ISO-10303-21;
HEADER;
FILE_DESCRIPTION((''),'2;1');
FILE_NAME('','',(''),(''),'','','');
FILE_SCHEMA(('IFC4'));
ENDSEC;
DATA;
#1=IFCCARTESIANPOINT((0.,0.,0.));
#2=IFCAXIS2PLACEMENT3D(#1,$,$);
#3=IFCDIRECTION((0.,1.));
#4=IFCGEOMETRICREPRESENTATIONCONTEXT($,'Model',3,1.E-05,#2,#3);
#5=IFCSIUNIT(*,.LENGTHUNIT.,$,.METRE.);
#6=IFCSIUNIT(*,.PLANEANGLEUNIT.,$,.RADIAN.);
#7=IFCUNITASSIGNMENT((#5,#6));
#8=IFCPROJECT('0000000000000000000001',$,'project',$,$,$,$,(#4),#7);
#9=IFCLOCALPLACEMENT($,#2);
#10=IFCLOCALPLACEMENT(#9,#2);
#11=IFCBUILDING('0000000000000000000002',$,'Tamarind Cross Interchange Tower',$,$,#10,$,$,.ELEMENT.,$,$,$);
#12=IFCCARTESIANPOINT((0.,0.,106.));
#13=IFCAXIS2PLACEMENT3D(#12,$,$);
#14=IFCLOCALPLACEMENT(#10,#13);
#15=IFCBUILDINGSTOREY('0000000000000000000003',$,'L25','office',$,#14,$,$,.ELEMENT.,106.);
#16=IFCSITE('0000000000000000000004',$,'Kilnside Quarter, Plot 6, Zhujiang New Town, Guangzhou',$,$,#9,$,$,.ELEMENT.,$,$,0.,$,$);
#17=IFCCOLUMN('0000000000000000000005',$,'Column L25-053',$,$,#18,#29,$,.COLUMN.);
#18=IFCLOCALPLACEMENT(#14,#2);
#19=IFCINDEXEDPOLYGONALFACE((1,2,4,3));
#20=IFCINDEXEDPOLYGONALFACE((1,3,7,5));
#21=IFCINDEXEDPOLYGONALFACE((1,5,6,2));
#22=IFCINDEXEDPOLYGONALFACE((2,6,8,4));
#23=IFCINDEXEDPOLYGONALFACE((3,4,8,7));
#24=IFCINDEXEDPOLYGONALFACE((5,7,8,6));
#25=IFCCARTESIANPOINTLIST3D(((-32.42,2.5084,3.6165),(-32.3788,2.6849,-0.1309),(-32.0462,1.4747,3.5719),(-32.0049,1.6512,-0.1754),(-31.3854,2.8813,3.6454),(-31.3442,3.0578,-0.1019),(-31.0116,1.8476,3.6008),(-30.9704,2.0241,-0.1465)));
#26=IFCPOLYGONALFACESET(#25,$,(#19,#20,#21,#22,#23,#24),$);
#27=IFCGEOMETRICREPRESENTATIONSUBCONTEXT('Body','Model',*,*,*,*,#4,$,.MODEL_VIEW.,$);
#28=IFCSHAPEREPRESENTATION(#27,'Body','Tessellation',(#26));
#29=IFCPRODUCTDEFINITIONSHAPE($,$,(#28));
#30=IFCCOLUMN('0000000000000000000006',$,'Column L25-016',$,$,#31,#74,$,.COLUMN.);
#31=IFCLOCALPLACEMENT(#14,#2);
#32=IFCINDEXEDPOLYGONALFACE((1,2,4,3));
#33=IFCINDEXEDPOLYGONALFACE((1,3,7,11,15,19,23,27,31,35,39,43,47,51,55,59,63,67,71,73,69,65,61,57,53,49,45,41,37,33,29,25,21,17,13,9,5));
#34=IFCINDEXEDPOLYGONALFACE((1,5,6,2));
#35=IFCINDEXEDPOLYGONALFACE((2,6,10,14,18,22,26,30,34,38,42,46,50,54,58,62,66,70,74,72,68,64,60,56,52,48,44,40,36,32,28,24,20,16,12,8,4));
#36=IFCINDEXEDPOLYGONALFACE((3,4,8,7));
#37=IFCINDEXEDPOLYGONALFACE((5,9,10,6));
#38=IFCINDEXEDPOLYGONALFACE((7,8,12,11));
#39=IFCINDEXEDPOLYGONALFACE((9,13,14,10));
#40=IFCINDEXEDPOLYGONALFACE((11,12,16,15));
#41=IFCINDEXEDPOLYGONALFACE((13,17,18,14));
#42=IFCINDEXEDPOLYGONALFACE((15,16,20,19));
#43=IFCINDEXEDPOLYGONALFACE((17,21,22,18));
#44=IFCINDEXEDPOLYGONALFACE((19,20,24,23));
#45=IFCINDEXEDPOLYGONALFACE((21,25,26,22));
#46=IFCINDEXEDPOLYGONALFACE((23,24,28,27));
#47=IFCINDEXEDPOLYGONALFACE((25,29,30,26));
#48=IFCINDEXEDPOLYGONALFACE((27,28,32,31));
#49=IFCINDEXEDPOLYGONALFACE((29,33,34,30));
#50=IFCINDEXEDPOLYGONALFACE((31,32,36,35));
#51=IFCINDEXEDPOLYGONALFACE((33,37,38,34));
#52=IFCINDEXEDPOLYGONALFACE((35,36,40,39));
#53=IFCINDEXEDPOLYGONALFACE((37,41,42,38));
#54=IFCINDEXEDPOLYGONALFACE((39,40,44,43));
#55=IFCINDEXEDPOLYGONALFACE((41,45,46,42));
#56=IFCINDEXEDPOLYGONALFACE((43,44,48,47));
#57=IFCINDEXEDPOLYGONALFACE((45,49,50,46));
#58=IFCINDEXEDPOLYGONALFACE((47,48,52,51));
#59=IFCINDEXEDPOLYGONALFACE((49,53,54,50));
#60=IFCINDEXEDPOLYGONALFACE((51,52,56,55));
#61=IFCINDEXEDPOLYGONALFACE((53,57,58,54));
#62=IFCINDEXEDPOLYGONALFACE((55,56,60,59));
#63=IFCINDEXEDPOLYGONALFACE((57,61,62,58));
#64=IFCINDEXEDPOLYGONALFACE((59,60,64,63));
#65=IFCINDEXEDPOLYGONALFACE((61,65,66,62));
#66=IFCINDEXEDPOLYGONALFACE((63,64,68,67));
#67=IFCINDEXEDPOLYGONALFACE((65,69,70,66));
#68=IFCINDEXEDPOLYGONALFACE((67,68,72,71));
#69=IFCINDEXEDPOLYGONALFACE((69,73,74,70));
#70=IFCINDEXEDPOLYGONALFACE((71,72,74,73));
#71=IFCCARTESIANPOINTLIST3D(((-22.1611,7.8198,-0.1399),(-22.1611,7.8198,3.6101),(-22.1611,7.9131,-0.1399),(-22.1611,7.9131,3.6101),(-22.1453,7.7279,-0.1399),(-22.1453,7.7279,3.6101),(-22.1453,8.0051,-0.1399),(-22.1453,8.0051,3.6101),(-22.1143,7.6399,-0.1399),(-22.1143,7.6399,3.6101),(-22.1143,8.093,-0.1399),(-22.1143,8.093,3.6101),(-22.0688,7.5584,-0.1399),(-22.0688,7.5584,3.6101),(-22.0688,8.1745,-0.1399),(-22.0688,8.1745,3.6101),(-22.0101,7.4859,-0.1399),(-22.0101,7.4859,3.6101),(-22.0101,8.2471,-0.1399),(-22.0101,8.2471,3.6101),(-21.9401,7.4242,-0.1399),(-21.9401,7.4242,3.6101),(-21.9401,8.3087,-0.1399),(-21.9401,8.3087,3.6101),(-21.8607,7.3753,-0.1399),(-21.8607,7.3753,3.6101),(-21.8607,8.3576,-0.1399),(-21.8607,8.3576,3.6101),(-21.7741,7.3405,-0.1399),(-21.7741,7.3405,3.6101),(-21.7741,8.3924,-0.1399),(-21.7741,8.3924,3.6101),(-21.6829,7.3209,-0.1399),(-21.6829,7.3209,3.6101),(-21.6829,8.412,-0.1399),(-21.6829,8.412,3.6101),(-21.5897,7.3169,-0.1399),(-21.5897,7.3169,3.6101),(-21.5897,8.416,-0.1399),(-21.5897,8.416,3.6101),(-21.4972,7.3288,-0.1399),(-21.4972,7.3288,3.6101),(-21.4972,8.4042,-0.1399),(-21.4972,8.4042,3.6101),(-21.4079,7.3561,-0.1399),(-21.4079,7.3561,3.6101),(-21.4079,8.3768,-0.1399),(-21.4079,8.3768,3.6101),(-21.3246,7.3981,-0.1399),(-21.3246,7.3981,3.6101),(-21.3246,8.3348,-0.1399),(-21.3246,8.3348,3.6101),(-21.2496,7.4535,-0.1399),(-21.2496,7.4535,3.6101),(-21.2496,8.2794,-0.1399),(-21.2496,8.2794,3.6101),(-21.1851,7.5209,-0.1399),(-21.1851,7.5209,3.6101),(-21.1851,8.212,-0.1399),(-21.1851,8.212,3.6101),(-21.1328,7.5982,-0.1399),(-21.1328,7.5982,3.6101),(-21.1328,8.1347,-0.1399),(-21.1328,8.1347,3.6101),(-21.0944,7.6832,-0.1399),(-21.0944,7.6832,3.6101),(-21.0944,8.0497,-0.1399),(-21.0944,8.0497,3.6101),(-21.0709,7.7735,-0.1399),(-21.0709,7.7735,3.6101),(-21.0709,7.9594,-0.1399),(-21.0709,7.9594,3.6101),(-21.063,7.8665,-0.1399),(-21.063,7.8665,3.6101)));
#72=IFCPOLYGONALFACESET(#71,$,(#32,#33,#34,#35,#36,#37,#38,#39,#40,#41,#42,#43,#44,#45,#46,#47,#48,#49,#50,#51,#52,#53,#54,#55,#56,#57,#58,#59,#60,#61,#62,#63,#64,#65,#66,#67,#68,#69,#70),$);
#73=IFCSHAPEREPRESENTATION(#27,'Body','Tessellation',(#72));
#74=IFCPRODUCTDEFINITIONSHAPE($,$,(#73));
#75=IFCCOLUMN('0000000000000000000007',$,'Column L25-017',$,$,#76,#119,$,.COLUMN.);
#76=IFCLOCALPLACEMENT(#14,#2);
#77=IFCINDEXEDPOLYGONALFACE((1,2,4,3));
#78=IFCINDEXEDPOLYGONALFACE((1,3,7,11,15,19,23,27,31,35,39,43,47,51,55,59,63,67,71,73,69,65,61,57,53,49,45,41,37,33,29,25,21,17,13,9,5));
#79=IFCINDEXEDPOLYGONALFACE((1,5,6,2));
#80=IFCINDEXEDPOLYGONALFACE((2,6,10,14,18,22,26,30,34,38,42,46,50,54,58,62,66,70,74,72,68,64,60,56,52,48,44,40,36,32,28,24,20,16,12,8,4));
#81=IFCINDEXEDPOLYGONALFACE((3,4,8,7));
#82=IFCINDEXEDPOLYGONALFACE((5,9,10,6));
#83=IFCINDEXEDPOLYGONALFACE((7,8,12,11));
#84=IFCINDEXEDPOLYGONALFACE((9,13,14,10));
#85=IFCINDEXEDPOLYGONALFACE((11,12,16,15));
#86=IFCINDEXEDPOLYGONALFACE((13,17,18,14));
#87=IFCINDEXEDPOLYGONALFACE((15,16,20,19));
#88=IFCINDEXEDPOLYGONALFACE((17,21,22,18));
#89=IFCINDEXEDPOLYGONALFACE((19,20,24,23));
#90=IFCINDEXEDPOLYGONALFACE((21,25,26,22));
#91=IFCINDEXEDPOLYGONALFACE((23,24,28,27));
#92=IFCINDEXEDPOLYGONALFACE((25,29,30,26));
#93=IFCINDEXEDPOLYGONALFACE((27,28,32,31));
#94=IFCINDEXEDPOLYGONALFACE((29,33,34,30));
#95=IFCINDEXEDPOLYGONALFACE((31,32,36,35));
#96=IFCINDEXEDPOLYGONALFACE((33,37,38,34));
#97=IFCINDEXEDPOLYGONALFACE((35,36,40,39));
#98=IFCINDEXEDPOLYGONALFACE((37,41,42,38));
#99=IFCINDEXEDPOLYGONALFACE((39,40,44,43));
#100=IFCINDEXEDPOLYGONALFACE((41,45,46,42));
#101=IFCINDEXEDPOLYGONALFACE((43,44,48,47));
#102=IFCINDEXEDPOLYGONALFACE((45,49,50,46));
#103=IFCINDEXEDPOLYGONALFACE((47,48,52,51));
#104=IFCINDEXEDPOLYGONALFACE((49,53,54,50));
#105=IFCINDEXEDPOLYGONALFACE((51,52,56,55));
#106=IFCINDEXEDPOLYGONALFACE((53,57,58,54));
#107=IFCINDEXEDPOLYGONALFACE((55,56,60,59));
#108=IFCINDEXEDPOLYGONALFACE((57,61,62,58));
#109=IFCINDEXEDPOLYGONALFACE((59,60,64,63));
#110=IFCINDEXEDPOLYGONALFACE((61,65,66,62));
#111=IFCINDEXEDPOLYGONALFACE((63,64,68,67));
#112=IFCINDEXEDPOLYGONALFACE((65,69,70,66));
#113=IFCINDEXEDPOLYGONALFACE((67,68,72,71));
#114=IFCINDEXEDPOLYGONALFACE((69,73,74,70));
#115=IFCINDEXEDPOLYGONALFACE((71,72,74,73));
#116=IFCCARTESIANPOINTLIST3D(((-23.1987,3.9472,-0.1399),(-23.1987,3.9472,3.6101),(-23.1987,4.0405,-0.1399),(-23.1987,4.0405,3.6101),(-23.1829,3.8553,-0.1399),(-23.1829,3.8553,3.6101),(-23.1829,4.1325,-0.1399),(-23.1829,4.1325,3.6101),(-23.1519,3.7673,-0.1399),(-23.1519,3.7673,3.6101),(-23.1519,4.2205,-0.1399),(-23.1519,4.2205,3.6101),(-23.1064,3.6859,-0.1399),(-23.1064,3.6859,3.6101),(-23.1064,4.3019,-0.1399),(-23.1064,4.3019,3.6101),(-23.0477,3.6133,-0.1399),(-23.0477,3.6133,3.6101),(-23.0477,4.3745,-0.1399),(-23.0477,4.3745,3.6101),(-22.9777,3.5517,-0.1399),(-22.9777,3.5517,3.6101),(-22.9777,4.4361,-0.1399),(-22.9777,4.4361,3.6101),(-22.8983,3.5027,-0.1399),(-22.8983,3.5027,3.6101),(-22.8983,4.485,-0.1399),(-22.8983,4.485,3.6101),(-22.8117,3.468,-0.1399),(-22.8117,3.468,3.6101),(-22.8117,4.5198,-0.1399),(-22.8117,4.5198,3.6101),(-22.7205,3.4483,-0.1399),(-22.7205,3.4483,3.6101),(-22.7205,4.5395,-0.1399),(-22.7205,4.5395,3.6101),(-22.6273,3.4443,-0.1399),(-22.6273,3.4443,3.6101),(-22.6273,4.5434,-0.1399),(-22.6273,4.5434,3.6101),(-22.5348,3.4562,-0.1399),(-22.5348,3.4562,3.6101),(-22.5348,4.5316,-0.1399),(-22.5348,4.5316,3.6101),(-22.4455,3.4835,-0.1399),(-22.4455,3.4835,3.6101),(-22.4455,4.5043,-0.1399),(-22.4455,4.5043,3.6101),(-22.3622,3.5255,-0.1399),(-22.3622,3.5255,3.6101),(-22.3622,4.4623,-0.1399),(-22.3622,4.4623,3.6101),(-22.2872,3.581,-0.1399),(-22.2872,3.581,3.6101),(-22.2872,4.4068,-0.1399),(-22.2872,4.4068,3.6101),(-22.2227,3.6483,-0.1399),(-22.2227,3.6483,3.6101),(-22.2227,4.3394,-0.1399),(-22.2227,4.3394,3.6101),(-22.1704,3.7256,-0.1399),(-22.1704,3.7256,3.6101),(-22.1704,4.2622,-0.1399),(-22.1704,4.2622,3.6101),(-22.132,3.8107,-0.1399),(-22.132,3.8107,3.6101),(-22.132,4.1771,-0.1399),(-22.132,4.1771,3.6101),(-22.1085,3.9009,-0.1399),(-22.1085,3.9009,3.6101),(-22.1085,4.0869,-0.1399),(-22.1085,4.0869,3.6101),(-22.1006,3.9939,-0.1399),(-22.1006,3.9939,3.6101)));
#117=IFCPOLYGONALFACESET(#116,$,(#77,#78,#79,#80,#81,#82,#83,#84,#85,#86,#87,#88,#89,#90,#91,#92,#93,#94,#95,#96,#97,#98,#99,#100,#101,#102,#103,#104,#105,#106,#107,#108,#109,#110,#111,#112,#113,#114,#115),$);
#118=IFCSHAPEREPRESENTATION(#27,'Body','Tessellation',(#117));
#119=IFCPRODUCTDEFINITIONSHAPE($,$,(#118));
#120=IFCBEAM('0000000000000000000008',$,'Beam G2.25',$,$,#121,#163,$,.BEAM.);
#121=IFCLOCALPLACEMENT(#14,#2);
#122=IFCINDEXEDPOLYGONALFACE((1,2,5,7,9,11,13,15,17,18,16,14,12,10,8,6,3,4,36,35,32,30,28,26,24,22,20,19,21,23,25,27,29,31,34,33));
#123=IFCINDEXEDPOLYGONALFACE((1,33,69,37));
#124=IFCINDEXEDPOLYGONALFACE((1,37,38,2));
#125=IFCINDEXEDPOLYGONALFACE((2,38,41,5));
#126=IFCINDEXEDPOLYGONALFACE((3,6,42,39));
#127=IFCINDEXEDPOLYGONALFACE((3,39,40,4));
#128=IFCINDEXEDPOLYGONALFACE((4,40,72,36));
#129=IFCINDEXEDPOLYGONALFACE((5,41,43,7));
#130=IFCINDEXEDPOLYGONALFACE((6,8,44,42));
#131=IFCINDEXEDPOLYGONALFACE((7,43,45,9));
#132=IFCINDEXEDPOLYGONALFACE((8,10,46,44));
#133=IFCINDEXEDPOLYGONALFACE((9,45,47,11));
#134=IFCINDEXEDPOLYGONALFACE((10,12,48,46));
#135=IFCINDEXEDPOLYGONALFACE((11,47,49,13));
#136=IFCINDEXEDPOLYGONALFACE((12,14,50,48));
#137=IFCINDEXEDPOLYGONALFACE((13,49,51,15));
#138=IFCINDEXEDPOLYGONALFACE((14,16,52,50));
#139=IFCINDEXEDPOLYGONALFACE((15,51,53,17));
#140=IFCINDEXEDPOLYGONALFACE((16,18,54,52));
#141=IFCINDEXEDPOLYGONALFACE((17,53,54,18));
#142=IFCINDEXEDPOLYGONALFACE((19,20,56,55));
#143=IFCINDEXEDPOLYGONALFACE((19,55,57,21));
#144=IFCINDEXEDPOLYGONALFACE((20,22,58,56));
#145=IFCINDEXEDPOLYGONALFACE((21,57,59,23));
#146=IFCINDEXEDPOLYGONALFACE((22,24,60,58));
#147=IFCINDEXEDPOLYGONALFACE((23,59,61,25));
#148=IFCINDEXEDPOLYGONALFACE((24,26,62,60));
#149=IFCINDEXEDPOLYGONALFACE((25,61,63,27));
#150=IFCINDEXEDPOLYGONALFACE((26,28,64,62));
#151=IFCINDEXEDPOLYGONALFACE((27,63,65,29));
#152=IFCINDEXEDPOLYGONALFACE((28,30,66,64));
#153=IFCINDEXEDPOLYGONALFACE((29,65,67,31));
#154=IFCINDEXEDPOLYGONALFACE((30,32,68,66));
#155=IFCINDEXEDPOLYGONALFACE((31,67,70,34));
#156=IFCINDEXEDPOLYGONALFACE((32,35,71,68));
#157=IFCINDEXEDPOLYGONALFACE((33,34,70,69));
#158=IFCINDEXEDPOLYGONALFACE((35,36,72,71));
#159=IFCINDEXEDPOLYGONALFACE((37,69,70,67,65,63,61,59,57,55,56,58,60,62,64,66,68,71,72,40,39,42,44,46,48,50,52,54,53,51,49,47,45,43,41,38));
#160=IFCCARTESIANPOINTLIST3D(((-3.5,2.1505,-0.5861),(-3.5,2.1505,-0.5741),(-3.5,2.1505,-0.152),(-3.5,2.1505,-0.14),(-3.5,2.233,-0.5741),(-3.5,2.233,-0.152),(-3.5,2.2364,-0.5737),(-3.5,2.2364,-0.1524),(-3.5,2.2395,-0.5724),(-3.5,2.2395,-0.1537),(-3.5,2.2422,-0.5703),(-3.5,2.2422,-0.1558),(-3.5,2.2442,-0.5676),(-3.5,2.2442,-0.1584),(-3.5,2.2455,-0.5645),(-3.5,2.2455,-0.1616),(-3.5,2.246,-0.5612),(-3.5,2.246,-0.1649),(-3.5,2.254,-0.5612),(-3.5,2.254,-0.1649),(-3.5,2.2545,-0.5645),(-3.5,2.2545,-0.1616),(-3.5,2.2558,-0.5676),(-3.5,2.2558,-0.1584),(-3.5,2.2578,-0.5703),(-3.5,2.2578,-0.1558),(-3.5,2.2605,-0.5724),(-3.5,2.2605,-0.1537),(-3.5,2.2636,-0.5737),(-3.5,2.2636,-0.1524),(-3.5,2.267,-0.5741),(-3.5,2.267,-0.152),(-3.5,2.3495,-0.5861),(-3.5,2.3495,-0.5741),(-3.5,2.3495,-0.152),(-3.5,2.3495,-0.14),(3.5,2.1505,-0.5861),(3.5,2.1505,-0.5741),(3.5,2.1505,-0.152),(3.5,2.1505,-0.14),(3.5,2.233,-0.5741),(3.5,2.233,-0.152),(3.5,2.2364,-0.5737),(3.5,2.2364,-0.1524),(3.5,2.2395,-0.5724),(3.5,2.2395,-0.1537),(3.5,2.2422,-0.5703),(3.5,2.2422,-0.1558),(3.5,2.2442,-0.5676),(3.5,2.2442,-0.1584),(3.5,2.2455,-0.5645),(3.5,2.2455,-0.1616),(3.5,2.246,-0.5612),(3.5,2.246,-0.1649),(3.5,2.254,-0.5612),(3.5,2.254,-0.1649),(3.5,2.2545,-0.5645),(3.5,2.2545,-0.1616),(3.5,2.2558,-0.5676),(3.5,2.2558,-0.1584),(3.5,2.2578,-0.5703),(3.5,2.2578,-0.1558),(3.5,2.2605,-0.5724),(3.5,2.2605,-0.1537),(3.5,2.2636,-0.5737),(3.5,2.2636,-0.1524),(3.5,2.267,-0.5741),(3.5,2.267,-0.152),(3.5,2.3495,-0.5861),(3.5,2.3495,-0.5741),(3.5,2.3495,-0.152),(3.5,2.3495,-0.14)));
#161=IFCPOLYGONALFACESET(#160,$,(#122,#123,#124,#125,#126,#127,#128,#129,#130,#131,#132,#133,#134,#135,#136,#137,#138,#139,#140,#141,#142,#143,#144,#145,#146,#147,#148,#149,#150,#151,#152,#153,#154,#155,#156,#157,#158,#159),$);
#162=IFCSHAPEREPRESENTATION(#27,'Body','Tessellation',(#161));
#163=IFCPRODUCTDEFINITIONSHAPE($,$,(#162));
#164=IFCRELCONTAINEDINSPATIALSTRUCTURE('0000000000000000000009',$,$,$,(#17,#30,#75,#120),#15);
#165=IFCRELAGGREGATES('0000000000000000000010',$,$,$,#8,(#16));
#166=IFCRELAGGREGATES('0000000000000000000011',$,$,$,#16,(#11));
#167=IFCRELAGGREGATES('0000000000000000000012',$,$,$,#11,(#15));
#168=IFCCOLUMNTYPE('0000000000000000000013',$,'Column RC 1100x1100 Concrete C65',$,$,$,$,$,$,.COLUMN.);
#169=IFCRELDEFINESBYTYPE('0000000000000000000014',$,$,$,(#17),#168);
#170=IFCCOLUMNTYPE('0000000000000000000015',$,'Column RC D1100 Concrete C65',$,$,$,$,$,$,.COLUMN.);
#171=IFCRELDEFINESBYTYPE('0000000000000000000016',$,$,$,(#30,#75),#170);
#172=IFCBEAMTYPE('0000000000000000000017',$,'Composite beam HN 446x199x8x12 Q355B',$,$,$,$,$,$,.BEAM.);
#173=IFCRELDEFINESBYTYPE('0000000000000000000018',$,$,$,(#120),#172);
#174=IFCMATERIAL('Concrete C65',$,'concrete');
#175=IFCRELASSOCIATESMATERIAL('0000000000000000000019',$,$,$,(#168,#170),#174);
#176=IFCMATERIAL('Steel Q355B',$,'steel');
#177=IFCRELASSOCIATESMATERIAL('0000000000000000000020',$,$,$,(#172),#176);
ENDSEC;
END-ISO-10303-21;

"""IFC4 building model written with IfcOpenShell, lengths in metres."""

from ifc_helpers import new_model, si_unit, direction, frame, origin, origin_2d, place, context, subcontext, project, spatial, rectangle, circle, i_section, extrude, material, material_profile, profile_set, type_object, element, save


model = new_model("IFC4")

# Units and contexts
model_context = context("Model", 3, precision=1e-05, world=origin(), true_north=direction((0.0, 1.0)))
body_context = subcontext(model_context, "Body", "Model", "MODEL_VIEW")
ifc_project = project(units=[si_unit("LENGTHUNIT", "METRE"), si_unit("PLANEANGLEUNIT", "RADIAN")], contexts=[model_context])

# Site, building, storey
site_placement = place(None, origin())
site = spatial("IfcSite", under=ifc_project, at=site_placement, Name="Kilnside Quarter, Plot 6, Zhujiang New Town, Guangzhou", CompositionType="ELEMENT", RefElevation=0.0)
building_placement = place(site_placement, origin())
building = spatial("IfcBuilding", under=site, at=building_placement, Name="Tamarind Cross Interchange Tower", CompositionType="ELEMENT")
storey_placement = place(building_placement, frame((0.0, 0.0, 106.0)))
storey = spatial("IfcBuildingStorey", under=building, at=storey_placement, Name="L25", Description="office", CompositionType="ELEMENT", Elevation=106.0)

# Columns
ifc_material_1 = material(Name="Concrete C65", Category="concrete")
ifc_material_profile_1 = material_profile(ifc_material_1, rectangle(XDim=1.1001, YDim=1.1001, at=origin_2d()), Name="RC 1100x1100")
ifc_profile_set_1 = profile_set([ifc_material_profile_1], Name="Concrete C65")
column_type_1 = type_object("IfcColumnType", Name="Column RC 1100x1100 Concrete C65", PredefinedType="COLUMN", material=ifc_profile_set_1)
column_placement = place(storey_placement, frame((-31.6746, 2.3545, -0.1387), z_axis=(-0.010998, -0.047049, 0.998832), x_axis=(0.940431, 0.338964, 0.026321)))
element("IfcColumn", 1, at=column_placement, inside=storey, type_object=column_type_1, Name="Column L25-053", PredefinedType="COLUMN", context=body_context, shape_type="SweptSolid", body=[
    extrude(rectangle(XDim=1.1001, YDim=1.1001, at=origin_2d()), origin(), (0.0, 0.0, 1.0), 3.7517),
])
ifc_material_profile_2 = material_profile(ifc_material_1, circle(Radius=0.55, at=origin_2d()), Name="RC D1100")
ifc_profile_set_2 = profile_set([ifc_material_profile_2], Name="Concrete C65")
column_type_2 = type_object("IfcColumnType", Name="Column RC D1100 Concrete C65", PredefinedType="COLUMN", material=ifc_profile_set_2)
for number, where, z_axis, x_axis, name in (
    (2, (-21.613, 7.8665, -0.1399), (0.0, 0.0, 1.0), (1.0, 0.0, 0.0), "Column L25-016"),
    (3, (-22.6506, 3.9939, -0.1399), (0.0, 0.0, 1.0), (1.0, 0.0, 0.0), "Column L25-017"),
):
    element("IfcColumn", number, at=place(storey_placement, frame(where, z_axis=z_axis, x_axis=x_axis)), inside=storey, type_object=column_type_2, Name=name, PredefinedType="COLUMN", context=body_context, shape_type="SweptSolid", body=[
        extrude(circle(Radius=0.55, at=origin_2d()), origin(), (0.0, 0.0, 1.0), 3.75),
    ])

# Beam
ifc_material_2 = material(Name="Steel Q355B", Category="steel")
ifc_material_profile_3 = material_profile(ifc_material_2, i_section(OverallWidth=0.199, OverallDepth=0.446, WebThickness=0.0081, FlangeThickness=0.012, FilletRadius=0.0129, at=origin_2d()), Name="HN 446x199x8x12")
ifc_profile_set_3 = profile_set([ifc_material_profile_3], Name="Steel Q355B")
beam_type_1 = type_object("IfcBeamType", Name="Composite beam HN 446x199x8x12 Q355B", PredefinedType="BEAM", material=ifc_profile_set_3)
for number, where, z_axis, x_axis, name in (
    (4, (-3.5, 2.25, -0.363), (1.0, 0.0, 0.0), (0.0, 1.0, 0.0), "Beam G2.25"),
):
    element("IfcBeam", number, at=place(storey_placement, frame(where, z_axis=z_axis, x_axis=x_axis)), inside=storey, type_object=beam_type_1, Name=name, PredefinedType="BEAM", context=body_context, shape_type="SweptSolid", body=[
        extrude(i_section(OverallWidth=0.199, OverallDepth=0.446, WebThickness=0.0081, FlangeThickness=0.012, FilletRadius=0.0129, at=origin_2d()), origin(), (0.0, 0.0, 1.0), 7.0),
    ])

save(model, "model.ifc")
